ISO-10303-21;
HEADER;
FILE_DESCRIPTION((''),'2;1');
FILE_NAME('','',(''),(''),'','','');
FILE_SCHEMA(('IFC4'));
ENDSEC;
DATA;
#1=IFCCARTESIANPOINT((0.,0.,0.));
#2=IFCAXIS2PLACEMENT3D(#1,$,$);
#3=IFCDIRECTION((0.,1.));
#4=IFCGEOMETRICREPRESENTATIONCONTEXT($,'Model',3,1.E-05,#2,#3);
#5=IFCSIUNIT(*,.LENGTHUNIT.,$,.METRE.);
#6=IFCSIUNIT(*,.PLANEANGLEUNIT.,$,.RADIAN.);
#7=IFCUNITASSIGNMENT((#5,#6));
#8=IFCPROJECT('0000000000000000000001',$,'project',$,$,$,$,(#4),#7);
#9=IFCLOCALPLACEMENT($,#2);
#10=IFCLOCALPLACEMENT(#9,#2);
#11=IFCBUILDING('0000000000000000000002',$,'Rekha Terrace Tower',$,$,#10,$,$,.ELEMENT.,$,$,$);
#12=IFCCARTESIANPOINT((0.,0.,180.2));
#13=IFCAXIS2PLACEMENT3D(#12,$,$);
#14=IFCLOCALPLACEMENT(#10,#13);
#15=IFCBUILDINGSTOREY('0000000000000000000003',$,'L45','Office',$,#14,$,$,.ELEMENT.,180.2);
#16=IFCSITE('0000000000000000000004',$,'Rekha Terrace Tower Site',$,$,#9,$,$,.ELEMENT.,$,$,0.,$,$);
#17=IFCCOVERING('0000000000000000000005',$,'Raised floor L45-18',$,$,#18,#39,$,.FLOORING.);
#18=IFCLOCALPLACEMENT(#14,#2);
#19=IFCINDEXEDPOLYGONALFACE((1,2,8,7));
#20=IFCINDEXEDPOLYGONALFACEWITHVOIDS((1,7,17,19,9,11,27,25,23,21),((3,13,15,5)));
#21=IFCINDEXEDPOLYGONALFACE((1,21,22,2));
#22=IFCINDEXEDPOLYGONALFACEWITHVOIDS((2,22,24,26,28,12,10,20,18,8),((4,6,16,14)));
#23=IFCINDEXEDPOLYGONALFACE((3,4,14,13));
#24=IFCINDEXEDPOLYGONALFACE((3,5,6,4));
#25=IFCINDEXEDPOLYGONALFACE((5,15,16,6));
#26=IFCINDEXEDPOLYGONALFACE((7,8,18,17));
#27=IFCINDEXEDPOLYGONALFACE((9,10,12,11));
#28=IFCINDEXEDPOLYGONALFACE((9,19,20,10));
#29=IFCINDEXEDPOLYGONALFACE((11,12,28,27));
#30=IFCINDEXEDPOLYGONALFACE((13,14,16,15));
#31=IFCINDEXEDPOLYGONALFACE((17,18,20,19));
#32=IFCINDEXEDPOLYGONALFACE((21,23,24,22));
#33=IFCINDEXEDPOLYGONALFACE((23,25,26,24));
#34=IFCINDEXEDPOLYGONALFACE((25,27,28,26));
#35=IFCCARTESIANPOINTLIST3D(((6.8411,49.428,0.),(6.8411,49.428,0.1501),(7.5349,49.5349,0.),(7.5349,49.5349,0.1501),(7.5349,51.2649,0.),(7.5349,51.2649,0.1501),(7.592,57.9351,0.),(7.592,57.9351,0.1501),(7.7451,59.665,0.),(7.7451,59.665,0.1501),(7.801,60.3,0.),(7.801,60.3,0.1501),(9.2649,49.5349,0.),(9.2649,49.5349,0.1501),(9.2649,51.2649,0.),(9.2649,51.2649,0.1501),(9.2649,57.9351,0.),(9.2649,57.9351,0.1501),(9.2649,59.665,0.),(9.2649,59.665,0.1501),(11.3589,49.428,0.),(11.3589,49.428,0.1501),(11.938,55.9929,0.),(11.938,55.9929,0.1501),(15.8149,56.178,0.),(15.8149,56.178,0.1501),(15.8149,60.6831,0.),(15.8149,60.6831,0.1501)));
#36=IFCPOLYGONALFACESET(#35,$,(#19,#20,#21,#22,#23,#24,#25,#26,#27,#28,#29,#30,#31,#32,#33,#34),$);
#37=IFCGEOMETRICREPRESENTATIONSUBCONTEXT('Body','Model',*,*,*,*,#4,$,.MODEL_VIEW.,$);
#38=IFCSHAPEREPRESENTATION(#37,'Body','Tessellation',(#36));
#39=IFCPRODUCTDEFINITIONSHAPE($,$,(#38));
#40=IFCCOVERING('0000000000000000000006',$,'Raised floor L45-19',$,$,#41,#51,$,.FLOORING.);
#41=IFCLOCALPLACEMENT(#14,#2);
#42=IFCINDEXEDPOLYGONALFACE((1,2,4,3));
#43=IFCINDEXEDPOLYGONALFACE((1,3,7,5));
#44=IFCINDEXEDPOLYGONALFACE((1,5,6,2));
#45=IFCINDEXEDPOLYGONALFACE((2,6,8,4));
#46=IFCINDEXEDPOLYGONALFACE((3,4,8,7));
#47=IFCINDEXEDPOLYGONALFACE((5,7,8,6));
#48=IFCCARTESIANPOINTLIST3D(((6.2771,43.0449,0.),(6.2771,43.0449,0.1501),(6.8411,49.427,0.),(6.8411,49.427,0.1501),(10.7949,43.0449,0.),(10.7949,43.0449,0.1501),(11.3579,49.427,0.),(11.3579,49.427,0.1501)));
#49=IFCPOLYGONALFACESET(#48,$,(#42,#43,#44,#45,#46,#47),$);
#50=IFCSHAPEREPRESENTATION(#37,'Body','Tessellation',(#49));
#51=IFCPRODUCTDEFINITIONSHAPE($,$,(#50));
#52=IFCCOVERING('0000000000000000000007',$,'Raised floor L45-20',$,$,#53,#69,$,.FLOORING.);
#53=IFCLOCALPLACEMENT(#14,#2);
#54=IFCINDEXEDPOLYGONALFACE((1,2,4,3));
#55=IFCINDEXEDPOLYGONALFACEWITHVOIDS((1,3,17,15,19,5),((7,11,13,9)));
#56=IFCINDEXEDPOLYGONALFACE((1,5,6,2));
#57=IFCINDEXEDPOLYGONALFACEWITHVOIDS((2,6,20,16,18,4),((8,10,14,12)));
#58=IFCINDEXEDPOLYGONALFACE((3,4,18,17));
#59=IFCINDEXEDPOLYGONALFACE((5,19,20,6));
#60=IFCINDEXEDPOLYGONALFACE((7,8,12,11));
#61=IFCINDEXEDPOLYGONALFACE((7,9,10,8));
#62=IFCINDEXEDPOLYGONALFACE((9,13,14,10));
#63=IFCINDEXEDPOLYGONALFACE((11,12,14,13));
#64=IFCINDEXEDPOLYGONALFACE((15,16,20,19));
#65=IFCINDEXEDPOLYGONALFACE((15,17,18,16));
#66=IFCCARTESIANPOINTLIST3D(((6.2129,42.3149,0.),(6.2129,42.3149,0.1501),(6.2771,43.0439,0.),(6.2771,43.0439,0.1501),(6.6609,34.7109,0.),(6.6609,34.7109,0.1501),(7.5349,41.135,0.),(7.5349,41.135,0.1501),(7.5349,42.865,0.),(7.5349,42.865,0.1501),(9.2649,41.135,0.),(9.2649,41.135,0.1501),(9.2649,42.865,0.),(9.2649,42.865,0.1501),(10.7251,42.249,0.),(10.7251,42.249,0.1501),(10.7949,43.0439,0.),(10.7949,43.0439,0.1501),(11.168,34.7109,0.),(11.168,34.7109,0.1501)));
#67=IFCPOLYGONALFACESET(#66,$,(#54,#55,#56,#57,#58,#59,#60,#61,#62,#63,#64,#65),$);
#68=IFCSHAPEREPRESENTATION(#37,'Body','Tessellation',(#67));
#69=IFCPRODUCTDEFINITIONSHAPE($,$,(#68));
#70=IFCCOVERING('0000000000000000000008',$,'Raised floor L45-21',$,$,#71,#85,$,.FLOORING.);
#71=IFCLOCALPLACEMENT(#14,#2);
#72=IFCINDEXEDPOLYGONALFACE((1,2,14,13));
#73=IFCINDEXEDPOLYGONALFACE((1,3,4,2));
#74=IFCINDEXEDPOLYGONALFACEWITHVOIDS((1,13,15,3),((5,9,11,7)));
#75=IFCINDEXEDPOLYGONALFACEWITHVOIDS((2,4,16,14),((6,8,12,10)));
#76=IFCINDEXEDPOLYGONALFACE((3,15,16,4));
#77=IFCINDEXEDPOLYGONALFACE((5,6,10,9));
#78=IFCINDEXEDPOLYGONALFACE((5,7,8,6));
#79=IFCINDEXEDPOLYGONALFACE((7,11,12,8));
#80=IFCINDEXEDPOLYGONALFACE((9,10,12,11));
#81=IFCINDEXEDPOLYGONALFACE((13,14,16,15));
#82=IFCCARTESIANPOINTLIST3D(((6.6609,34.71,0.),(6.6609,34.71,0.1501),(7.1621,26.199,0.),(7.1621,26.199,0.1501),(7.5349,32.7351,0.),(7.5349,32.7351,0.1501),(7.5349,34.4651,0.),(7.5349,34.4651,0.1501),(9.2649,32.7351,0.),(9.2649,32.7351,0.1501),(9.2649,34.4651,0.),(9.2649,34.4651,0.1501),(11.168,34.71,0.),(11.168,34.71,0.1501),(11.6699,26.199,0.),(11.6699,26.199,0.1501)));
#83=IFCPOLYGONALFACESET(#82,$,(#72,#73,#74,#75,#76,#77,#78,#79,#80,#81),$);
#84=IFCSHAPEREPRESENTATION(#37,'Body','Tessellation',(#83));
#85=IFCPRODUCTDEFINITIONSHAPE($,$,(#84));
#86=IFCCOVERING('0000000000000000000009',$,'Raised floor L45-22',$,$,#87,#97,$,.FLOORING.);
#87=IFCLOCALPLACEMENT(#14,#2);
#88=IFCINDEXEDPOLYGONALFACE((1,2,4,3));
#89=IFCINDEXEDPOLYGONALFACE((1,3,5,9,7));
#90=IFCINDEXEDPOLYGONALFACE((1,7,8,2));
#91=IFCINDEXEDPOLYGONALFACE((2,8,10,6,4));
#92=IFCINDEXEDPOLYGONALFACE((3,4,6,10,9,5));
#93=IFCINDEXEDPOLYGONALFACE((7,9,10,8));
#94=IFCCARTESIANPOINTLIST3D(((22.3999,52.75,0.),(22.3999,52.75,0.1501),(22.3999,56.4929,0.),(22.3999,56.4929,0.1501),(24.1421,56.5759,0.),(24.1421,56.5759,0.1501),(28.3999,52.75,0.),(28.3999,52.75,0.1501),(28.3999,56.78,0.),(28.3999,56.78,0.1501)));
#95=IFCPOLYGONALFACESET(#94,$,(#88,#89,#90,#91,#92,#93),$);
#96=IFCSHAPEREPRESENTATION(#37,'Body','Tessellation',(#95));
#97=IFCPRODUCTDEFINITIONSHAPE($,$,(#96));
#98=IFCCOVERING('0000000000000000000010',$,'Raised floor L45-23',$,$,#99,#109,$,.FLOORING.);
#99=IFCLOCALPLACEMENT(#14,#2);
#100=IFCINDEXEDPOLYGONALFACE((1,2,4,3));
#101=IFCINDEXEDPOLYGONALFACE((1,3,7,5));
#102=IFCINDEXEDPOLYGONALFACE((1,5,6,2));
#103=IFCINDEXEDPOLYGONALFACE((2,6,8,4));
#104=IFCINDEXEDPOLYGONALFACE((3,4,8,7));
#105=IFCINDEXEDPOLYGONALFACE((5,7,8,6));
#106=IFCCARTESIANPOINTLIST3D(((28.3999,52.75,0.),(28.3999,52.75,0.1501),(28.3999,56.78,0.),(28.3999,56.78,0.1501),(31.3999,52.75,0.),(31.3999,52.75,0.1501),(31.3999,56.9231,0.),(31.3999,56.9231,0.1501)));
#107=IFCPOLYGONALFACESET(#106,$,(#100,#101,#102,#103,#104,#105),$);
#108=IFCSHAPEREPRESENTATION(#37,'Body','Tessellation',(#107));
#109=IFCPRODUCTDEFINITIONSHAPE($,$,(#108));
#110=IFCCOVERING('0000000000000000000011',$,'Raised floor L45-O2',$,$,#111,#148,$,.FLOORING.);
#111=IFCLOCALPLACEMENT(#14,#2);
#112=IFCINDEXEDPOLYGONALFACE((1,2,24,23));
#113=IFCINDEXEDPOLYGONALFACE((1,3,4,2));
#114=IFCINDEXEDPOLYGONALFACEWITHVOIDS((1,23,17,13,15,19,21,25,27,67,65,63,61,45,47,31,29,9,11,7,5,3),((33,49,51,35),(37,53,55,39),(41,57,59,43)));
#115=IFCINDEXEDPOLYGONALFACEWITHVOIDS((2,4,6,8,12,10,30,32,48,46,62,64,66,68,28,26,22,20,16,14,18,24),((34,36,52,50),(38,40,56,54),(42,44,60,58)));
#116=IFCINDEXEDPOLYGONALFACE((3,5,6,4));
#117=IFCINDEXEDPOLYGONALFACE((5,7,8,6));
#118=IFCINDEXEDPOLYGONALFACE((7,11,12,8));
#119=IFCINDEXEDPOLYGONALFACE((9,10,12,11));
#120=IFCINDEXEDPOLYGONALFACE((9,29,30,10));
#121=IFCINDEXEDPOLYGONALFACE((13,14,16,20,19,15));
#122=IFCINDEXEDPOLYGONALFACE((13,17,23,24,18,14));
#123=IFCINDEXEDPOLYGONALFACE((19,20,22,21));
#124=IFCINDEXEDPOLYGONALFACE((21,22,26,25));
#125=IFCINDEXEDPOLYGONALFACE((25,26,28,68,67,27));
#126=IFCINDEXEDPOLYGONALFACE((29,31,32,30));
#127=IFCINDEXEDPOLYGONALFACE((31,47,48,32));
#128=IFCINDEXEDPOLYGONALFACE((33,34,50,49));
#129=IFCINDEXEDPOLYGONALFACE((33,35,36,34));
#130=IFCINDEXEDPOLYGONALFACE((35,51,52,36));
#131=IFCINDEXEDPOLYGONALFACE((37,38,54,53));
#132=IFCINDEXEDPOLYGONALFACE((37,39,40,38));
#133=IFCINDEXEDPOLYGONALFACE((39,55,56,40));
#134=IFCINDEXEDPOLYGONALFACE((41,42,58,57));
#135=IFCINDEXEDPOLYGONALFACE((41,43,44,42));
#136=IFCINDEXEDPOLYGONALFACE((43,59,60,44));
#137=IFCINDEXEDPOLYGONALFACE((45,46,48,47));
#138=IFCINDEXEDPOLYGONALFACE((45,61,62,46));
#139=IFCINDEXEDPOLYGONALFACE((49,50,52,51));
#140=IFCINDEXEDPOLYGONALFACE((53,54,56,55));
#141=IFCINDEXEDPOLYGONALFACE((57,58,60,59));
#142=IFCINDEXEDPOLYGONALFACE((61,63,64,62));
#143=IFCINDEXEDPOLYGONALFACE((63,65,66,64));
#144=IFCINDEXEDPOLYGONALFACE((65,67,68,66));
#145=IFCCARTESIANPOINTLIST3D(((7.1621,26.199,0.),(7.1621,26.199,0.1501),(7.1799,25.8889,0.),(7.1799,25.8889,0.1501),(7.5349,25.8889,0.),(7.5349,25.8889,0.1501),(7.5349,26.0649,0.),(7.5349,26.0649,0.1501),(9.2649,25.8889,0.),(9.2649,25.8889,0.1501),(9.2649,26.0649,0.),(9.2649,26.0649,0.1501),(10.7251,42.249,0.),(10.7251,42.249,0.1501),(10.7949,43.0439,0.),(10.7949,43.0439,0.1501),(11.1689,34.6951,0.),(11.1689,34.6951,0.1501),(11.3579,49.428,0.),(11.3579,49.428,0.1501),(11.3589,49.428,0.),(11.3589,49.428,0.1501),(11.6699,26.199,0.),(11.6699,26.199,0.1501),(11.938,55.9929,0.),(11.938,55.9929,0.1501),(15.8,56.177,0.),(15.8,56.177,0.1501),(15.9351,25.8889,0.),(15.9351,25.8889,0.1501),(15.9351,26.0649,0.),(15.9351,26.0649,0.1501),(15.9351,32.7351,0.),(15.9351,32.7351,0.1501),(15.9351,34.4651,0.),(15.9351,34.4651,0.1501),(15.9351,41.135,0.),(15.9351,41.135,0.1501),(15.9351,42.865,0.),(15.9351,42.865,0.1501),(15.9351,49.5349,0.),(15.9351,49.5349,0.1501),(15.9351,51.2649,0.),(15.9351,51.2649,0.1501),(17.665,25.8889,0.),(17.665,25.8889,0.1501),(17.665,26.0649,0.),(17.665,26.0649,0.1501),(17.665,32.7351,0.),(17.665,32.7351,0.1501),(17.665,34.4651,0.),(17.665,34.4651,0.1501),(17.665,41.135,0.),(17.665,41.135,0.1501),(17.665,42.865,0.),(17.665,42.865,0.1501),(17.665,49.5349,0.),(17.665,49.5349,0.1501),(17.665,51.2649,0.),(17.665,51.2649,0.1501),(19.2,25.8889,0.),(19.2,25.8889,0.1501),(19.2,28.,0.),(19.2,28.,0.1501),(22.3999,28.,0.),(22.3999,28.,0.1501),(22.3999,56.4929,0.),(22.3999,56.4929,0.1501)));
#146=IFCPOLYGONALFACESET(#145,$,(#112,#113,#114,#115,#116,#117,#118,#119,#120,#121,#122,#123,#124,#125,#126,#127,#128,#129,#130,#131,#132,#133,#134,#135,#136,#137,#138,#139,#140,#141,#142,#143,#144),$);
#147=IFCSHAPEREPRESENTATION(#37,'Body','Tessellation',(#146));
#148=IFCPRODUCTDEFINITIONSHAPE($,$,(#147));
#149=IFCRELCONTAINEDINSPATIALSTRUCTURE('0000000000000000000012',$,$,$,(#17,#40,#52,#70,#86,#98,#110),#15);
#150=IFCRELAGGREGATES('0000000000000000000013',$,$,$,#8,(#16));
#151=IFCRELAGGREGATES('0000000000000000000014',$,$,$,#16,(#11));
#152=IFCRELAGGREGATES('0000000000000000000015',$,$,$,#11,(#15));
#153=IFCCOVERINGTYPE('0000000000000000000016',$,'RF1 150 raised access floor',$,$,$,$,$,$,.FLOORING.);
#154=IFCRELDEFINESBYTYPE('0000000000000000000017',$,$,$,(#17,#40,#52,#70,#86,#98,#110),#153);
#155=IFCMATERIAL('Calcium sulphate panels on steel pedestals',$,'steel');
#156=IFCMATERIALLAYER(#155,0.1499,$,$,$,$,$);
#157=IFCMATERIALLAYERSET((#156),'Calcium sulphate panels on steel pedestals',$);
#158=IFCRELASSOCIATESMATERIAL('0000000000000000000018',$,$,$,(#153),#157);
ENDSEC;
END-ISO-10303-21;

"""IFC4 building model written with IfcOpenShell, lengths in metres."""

from ifc_helpers import new_model, si_unit, direction, frame, origin, place, context, subcontext, project, spatial, polyline, outline, extrude, material, layer, layer_set, type_object, element, save


model = new_model("IFC4")

# Units and contexts
model_context = context("Model", 3, precision=1e-05, world=origin(), true_north=direction((0.0, 1.0)))
body_context = subcontext(model_context, "Body", "Model", "MODEL_VIEW")
ifc_project = project(units=[si_unit("LENGTHUNIT", "METRE"), si_unit("PLANEANGLEUNIT", "RADIAN")], contexts=[model_context])

# Site, building, storey
site_placement = place(None, origin())
site = spatial("IfcSite", under=ifc_project, at=site_placement, Name="Rekha Terrace Tower Site", CompositionType="ELEMENT", RefElevation=0.0)
building_placement = place(site_placement, origin())
building = spatial("IfcBuilding", under=site, at=building_placement, Name="Rekha Terrace Tower", CompositionType="ELEMENT")
storey_placement = place(building_placement, frame((0.0, 0.0, 180.2)))
storey = spatial("IfcBuildingStorey", under=building, at=storey_placement, Name="L45", Description="Office", CompositionType="ELEMENT", Elevation=180.2)

# Coverings
ifc_material_1 = material(Name="Calcium sulphate panels on steel pedestals", Category="steel")
ifc_layer_1 = layer(ifc_material_1, 0.1499)
ifc_layer_set_1 = layer_set([ifc_layer_1], Name="Calcium sulphate panels on steel pedestals")
covering_type_1 = type_object("IfcCoveringType", Name="RF1 150 raised access floor", PredefinedType="FLOORING", material=ifc_layer_set_1)
covering_1_placement = place(storey_placement, origin())
element("IfcCovering", 1, at=covering_1_placement, inside=storey, type_object=covering_type_1, Name="Raised floor L45-18", PredefinedType="FLOORING", context=body_context, shape_type="SweptSolid", body=[
    extrude(outline(polyline([(7.592, 57.9351), (6.8411, 49.428), (11.3589, 49.428), (11.938, 55.9929), (15.8149, 56.178), (15.8149, 60.6831), (7.801, 60.3), (7.7451, 59.665), (9.2649, 59.665), (9.2649, 57.9351), (7.592, 57.9351)]), holes=[polyline([(9.2649, 49.5349), (7.5349, 49.5349), (7.5349, 51.2649), (9.2649, 51.2649), (9.2649, 49.5349)])]), origin(), (0.0, 0.0, 1.0), 0.1501),
])
covering_2_placement = place(storey_placement, origin())
element("IfcCovering", 2, at=covering_2_placement, inside=storey, type_object=covering_type_1, Name="Raised floor L45-19", PredefinedType="FLOORING", context=body_context, shape_type="SweptSolid", body=[
    extrude(outline(polyline([(11.3579, 49.427), (6.8411, 49.427), (6.2771, 43.0449), (10.7949, 43.0449), (11.3579, 49.427)])), origin(), (0.0, 0.0, 1.0), 0.1501),
])
covering_3_placement = place(storey_placement, origin())
element("IfcCovering", 3, at=covering_3_placement, inside=storey, type_object=covering_type_1, Name="Raised floor L45-20", PredefinedType="FLOORING", context=body_context, shape_type="SweptSolid", body=[
    extrude(outline(polyline([(6.2129, 42.3149), (6.6609, 34.7109), (11.168, 34.7109), (10.7251, 42.249), (10.7949, 43.0439), (6.2771, 43.0439), (6.2129, 42.3149)]), holes=[polyline([(9.2649, 41.135), (7.5349, 41.135), (7.5349, 42.865), (9.2649, 42.865), (9.2649, 41.135)])]), origin(), (0.0, 0.0, 1.0), 0.1501),
])
covering_4_placement = place(storey_placement, origin())
element("IfcCovering", 4, at=covering_4_placement, inside=storey, type_object=covering_type_1, Name="Raised floor L45-21", PredefinedType="FLOORING", context=body_context, shape_type="SweptSolid", body=[
    extrude(outline(polyline([(11.168, 34.71), (6.6609, 34.71), (7.1621, 26.199), (11.6699, 26.199), (11.168, 34.71)]), holes=[polyline([(9.2649, 34.4651), (9.2649, 32.7351), (7.5349, 32.7351), (7.5349, 34.4651), (9.2649, 34.4651)])]), origin(), (0.0, 0.0, 1.0), 0.1501),
])
covering_5_placement = place(storey_placement, origin())
element("IfcCovering", 5, at=covering_5_placement, inside=storey, type_object=covering_type_1, Name="Raised floor L45-22", PredefinedType="FLOORING", context=body_context, shape_type="SweptSolid", body=[
    extrude(outline(polyline([(28.3999, 56.78), (24.1421, 56.5759), (22.3999, 56.4929), (22.3999, 52.75), (28.3999, 52.75), (28.3999, 56.78)])), origin(), (0.0, 0.0, 1.0), 0.1501),
])
covering_6_placement = place(storey_placement, origin())
element("IfcCovering", 6, at=covering_6_placement, inside=storey, type_object=covering_type_1, Name="Raised floor L45-23", PredefinedType="FLOORING", context=body_context, shape_type="SweptSolid", body=[
    extrude(outline(polyline([(31.3999, 52.75), (31.3999, 56.9231), (28.3999, 56.78), (28.3999, 52.75), (31.3999, 52.75)])), origin(), (0.0, 0.0, 1.0), 0.1501),
])
covering_7_placement = place(storey_placement, origin())
element("IfcCovering", 7, at=covering_7_placement, inside=storey, type_object=covering_type_1, Name="Raised floor L45-O2", PredefinedType="FLOORING", context=body_context, shape_type="SweptSolid", body=[
    extrude(outline(polyline([(11.3579, 49.428), (10.7949, 43.0439), (10.7251, 42.249), (11.1689, 34.6951), (11.6699, 26.199), (7.1621, 26.199), (7.1799, 25.8889), (7.5349, 25.8889), (7.5349, 26.0649), (9.2649, 26.0649), (9.2649, 25.8889), (15.9351, 25.8889), (15.9351, 26.0649), (17.665, 26.0649), (17.665, 25.8889), (19.2, 25.8889), (19.2, 28.0), (22.3999, 28.0), (22.3999, 56.4929), (15.8, 56.177), (11.938, 55.9929), (11.3589, 49.428), (11.3579, 49.428)]), holes=[polyline([(17.665, 32.7351), (15.9351, 32.7351), (15.9351, 34.4651), (17.665, 34.4651), (17.665, 32.7351)]), polyline([(17.665, 42.865), (17.665, 41.135), (15.9351, 41.135), (15.9351, 42.865), (17.665, 42.865)]), polyline([(17.665, 51.2649), (17.665, 49.5349), (15.9351, 49.5349), (15.9351, 51.2649), (17.665, 51.2649)])]), origin(), (0.0, 0.0, 1.0), 0.1501),
])

save(model, "model.ifc")
